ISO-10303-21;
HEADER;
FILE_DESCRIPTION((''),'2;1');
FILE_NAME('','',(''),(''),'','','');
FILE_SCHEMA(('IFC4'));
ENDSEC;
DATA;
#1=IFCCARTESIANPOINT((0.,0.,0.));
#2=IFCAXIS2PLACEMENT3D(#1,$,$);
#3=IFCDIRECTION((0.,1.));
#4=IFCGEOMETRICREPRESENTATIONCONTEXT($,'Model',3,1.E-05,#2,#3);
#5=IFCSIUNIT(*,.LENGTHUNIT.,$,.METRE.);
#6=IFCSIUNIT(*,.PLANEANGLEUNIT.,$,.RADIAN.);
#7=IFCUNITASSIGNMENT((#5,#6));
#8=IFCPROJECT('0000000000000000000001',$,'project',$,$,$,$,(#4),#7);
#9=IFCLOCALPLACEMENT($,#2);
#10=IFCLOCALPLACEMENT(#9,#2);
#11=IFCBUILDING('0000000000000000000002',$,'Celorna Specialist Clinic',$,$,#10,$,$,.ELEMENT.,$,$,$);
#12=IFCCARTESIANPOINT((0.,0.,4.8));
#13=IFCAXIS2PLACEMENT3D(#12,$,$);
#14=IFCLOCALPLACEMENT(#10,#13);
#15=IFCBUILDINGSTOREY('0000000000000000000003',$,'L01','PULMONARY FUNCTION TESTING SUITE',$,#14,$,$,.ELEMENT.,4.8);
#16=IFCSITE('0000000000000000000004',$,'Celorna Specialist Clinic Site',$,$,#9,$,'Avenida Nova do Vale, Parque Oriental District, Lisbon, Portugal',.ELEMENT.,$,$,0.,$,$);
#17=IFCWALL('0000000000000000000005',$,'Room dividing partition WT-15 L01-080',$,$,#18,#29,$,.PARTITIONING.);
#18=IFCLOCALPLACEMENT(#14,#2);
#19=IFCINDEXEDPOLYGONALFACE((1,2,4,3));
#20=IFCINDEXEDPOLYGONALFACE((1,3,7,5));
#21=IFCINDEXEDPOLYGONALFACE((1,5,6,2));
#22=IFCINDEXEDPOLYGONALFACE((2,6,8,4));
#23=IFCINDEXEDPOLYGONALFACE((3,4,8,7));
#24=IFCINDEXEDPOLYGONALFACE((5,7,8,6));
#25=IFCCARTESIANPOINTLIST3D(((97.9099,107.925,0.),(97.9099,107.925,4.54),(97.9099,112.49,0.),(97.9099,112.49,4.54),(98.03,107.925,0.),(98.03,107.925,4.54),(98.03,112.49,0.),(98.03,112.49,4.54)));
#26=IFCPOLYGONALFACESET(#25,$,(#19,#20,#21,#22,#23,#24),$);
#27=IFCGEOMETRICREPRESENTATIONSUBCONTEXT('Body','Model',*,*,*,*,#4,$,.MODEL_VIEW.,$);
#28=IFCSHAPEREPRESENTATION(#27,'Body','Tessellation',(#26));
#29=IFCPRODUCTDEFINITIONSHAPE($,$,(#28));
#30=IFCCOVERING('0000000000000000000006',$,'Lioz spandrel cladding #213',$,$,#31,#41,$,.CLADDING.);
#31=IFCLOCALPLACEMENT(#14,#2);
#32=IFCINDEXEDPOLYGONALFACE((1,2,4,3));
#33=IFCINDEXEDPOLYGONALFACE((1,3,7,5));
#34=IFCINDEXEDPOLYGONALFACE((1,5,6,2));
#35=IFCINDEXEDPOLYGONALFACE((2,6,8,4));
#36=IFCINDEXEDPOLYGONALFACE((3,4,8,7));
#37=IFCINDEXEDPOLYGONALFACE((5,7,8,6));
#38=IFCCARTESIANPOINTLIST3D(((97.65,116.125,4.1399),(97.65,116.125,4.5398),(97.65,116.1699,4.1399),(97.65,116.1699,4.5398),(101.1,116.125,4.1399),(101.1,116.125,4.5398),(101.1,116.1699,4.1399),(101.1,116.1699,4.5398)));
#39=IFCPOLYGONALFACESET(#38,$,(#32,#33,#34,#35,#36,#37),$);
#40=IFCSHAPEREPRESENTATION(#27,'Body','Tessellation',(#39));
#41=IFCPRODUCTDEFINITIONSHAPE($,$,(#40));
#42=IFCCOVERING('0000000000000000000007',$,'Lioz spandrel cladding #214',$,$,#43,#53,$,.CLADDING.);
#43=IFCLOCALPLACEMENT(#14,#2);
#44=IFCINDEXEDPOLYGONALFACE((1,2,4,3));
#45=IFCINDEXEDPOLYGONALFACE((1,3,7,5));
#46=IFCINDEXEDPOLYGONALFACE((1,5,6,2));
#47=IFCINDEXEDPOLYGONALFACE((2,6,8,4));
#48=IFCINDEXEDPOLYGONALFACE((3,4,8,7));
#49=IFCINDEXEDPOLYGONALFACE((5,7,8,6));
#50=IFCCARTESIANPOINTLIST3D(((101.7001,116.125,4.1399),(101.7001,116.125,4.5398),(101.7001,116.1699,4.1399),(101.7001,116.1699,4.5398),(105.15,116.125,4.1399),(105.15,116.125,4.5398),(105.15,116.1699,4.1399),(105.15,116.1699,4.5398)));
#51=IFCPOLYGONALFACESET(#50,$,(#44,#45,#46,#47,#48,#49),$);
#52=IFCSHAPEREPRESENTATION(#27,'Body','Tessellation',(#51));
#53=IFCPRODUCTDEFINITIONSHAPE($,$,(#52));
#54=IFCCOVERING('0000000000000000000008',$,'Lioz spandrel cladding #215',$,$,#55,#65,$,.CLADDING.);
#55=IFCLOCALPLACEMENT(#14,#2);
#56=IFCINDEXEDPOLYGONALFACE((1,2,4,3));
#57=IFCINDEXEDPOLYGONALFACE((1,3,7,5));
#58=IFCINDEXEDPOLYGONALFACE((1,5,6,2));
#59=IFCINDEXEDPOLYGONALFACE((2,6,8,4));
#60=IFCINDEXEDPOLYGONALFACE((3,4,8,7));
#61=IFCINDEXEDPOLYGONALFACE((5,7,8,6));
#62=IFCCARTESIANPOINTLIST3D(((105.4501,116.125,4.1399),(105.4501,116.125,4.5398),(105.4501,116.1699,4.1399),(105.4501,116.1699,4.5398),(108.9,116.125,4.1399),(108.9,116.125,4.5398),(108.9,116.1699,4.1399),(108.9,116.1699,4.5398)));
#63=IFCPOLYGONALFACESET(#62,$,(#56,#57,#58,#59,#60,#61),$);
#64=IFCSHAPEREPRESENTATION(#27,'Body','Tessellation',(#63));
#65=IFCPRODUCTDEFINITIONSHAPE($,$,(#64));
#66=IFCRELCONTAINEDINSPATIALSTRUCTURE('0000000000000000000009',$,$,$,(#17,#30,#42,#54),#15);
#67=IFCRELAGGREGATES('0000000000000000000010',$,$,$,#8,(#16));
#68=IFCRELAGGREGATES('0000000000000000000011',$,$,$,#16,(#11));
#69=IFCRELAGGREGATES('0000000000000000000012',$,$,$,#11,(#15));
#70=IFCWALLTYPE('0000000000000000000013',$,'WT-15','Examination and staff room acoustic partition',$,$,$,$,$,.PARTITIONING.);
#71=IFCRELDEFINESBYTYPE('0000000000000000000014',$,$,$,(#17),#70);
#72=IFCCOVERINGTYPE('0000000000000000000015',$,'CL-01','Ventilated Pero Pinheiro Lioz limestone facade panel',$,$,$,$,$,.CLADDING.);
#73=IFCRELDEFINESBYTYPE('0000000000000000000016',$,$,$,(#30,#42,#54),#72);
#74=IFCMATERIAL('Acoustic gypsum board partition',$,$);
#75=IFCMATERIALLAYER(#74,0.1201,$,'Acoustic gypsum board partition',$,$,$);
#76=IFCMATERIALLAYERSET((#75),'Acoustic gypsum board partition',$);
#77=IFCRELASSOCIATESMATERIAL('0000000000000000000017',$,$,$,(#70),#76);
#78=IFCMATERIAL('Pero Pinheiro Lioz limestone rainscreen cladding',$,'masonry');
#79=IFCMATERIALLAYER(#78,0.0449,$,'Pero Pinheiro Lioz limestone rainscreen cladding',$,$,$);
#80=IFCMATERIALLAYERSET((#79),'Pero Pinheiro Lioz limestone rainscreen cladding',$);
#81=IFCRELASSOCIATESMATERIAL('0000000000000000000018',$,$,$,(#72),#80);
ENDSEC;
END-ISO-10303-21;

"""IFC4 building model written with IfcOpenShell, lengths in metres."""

from ifc_helpers import new_model, si_unit, direction, frame, frame_2d, origin, origin_2d, place, context, subcontext, project, spatial, rectangle, extrude, material, layer, layer_set, type_object, element, save


model = new_model("IFC4")

# Units and contexts
model_context = context("Model", 3, precision=1e-05, world=origin(), true_north=direction((0.0, 1.0)))
body_context = subcontext(model_context, "Body", "Model", "MODEL_VIEW")
ifc_project = project(units=[si_unit("LENGTHUNIT", "METRE"), si_unit("PLANEANGLEUNIT", "RADIAN")], contexts=[model_context])

# Site, building, storey
site_placement = place(None, origin())
site = spatial("IfcSite", under=ifc_project, at=site_placement, Name="Celorna Specialist Clinic Site", LongName="Avenida Nova do Vale, Parque Oriental District, Lisbon, Portugal", CompositionType="ELEMENT", RefElevation=0.0)
building_placement = place(site_placement, origin())
building = spatial("IfcBuilding", under=site, at=building_placement, Name="Celorna Specialist Clinic", CompositionType="ELEMENT")
storey_placement = place(building_placement, frame((0.0, 0.0, 4.8)))
storey = spatial("IfcBuildingStorey", under=building, at=storey_placement, Name="L01", Description="PULMONARY FUNCTION TESTING SUITE", CompositionType="ELEMENT", Elevation=4.8)

# Wall
ifc_material_1 = material(Name="Acoustic gypsum board partition")
ifc_layer_1 = layer(ifc_material_1, 0.1201, Name="Acoustic gypsum board partition")
ifc_layer_set_1 = layer_set([ifc_layer_1], Name="Acoustic gypsum board partition")
wall_type_1 = type_object("IfcWallType", Name="WT-15", Description="Examination and staff room acoustic partition", PredefinedType="PARTITIONING", material=ifc_layer_set_1)
wall_1_placement = place(storey_placement, frame((97.97, 107.925, 0.0), z_axis=(0.0, 0.0, 1.0), x_axis=(0.0, 1.0, 0.0)))
element("IfcWall", 1, at=wall_1_placement, inside=storey, type_object=wall_type_1, Name="Room dividing partition WT-15 L01-080", PredefinedType="PARTITIONING", context=body_context, shape_type="SweptSolid", body=[
    extrude(rectangle(XDim=4.5649, YDim=0.1201, at=frame_2d((2.2825, 0.0))), origin(), (0.0, 0.0, 1.0), 4.54),
])

# Coverings
ifc_material_2 = material(Name="Pero Pinheiro Lioz limestone rainscreen cladding", Category="masonry")
ifc_layer_2 = layer(ifc_material_2, 0.0449, Name="Pero Pinheiro Lioz limestone rainscreen cladding")
ifc_layer_set_2 = layer_set([ifc_layer_2], Name="Pero Pinheiro Lioz limestone rainscreen cladding")
covering_type = type_object("IfcCoveringType", Name="CL-01", Description="Ventilated Pero Pinheiro Lioz limestone facade panel", PredefinedType="CLADDING", material=ifc_layer_set_2)
for number, where, z_axis, x_axis, name in (
    (2, (99.375, 116.1475, 4.1399), (0.0, 0.0, 1.0), (1.0, 0.0, 0.0), "Lioz spandrel cladding #213"),
    (3, (103.425, 116.1475, 4.1399), (0.0, 0.0, 1.0), (1.0, 0.0, 0.0), "Lioz spandrel cladding #214"),
    (4, (107.175, 116.1475, 4.1399), (0.0, 0.0, 1.0), (1.0, 0.0, 0.0), "Lioz spandrel cladding #215"),
):
    element("IfcCovering", number, at=place(storey_placement, frame(where, z_axis=z_axis, x_axis=x_axis)), inside=storey, type_object=covering_type, Name=name, PredefinedType="CLADDING", context=body_context, shape_type="SweptSolid", body=[
        extrude(rectangle(XDim=3.45, YDim=0.0449, at=origin_2d()), origin(), (0.0, 0.0, 1.0), 0.3999),
    ])

save(model, "model.ifc")
